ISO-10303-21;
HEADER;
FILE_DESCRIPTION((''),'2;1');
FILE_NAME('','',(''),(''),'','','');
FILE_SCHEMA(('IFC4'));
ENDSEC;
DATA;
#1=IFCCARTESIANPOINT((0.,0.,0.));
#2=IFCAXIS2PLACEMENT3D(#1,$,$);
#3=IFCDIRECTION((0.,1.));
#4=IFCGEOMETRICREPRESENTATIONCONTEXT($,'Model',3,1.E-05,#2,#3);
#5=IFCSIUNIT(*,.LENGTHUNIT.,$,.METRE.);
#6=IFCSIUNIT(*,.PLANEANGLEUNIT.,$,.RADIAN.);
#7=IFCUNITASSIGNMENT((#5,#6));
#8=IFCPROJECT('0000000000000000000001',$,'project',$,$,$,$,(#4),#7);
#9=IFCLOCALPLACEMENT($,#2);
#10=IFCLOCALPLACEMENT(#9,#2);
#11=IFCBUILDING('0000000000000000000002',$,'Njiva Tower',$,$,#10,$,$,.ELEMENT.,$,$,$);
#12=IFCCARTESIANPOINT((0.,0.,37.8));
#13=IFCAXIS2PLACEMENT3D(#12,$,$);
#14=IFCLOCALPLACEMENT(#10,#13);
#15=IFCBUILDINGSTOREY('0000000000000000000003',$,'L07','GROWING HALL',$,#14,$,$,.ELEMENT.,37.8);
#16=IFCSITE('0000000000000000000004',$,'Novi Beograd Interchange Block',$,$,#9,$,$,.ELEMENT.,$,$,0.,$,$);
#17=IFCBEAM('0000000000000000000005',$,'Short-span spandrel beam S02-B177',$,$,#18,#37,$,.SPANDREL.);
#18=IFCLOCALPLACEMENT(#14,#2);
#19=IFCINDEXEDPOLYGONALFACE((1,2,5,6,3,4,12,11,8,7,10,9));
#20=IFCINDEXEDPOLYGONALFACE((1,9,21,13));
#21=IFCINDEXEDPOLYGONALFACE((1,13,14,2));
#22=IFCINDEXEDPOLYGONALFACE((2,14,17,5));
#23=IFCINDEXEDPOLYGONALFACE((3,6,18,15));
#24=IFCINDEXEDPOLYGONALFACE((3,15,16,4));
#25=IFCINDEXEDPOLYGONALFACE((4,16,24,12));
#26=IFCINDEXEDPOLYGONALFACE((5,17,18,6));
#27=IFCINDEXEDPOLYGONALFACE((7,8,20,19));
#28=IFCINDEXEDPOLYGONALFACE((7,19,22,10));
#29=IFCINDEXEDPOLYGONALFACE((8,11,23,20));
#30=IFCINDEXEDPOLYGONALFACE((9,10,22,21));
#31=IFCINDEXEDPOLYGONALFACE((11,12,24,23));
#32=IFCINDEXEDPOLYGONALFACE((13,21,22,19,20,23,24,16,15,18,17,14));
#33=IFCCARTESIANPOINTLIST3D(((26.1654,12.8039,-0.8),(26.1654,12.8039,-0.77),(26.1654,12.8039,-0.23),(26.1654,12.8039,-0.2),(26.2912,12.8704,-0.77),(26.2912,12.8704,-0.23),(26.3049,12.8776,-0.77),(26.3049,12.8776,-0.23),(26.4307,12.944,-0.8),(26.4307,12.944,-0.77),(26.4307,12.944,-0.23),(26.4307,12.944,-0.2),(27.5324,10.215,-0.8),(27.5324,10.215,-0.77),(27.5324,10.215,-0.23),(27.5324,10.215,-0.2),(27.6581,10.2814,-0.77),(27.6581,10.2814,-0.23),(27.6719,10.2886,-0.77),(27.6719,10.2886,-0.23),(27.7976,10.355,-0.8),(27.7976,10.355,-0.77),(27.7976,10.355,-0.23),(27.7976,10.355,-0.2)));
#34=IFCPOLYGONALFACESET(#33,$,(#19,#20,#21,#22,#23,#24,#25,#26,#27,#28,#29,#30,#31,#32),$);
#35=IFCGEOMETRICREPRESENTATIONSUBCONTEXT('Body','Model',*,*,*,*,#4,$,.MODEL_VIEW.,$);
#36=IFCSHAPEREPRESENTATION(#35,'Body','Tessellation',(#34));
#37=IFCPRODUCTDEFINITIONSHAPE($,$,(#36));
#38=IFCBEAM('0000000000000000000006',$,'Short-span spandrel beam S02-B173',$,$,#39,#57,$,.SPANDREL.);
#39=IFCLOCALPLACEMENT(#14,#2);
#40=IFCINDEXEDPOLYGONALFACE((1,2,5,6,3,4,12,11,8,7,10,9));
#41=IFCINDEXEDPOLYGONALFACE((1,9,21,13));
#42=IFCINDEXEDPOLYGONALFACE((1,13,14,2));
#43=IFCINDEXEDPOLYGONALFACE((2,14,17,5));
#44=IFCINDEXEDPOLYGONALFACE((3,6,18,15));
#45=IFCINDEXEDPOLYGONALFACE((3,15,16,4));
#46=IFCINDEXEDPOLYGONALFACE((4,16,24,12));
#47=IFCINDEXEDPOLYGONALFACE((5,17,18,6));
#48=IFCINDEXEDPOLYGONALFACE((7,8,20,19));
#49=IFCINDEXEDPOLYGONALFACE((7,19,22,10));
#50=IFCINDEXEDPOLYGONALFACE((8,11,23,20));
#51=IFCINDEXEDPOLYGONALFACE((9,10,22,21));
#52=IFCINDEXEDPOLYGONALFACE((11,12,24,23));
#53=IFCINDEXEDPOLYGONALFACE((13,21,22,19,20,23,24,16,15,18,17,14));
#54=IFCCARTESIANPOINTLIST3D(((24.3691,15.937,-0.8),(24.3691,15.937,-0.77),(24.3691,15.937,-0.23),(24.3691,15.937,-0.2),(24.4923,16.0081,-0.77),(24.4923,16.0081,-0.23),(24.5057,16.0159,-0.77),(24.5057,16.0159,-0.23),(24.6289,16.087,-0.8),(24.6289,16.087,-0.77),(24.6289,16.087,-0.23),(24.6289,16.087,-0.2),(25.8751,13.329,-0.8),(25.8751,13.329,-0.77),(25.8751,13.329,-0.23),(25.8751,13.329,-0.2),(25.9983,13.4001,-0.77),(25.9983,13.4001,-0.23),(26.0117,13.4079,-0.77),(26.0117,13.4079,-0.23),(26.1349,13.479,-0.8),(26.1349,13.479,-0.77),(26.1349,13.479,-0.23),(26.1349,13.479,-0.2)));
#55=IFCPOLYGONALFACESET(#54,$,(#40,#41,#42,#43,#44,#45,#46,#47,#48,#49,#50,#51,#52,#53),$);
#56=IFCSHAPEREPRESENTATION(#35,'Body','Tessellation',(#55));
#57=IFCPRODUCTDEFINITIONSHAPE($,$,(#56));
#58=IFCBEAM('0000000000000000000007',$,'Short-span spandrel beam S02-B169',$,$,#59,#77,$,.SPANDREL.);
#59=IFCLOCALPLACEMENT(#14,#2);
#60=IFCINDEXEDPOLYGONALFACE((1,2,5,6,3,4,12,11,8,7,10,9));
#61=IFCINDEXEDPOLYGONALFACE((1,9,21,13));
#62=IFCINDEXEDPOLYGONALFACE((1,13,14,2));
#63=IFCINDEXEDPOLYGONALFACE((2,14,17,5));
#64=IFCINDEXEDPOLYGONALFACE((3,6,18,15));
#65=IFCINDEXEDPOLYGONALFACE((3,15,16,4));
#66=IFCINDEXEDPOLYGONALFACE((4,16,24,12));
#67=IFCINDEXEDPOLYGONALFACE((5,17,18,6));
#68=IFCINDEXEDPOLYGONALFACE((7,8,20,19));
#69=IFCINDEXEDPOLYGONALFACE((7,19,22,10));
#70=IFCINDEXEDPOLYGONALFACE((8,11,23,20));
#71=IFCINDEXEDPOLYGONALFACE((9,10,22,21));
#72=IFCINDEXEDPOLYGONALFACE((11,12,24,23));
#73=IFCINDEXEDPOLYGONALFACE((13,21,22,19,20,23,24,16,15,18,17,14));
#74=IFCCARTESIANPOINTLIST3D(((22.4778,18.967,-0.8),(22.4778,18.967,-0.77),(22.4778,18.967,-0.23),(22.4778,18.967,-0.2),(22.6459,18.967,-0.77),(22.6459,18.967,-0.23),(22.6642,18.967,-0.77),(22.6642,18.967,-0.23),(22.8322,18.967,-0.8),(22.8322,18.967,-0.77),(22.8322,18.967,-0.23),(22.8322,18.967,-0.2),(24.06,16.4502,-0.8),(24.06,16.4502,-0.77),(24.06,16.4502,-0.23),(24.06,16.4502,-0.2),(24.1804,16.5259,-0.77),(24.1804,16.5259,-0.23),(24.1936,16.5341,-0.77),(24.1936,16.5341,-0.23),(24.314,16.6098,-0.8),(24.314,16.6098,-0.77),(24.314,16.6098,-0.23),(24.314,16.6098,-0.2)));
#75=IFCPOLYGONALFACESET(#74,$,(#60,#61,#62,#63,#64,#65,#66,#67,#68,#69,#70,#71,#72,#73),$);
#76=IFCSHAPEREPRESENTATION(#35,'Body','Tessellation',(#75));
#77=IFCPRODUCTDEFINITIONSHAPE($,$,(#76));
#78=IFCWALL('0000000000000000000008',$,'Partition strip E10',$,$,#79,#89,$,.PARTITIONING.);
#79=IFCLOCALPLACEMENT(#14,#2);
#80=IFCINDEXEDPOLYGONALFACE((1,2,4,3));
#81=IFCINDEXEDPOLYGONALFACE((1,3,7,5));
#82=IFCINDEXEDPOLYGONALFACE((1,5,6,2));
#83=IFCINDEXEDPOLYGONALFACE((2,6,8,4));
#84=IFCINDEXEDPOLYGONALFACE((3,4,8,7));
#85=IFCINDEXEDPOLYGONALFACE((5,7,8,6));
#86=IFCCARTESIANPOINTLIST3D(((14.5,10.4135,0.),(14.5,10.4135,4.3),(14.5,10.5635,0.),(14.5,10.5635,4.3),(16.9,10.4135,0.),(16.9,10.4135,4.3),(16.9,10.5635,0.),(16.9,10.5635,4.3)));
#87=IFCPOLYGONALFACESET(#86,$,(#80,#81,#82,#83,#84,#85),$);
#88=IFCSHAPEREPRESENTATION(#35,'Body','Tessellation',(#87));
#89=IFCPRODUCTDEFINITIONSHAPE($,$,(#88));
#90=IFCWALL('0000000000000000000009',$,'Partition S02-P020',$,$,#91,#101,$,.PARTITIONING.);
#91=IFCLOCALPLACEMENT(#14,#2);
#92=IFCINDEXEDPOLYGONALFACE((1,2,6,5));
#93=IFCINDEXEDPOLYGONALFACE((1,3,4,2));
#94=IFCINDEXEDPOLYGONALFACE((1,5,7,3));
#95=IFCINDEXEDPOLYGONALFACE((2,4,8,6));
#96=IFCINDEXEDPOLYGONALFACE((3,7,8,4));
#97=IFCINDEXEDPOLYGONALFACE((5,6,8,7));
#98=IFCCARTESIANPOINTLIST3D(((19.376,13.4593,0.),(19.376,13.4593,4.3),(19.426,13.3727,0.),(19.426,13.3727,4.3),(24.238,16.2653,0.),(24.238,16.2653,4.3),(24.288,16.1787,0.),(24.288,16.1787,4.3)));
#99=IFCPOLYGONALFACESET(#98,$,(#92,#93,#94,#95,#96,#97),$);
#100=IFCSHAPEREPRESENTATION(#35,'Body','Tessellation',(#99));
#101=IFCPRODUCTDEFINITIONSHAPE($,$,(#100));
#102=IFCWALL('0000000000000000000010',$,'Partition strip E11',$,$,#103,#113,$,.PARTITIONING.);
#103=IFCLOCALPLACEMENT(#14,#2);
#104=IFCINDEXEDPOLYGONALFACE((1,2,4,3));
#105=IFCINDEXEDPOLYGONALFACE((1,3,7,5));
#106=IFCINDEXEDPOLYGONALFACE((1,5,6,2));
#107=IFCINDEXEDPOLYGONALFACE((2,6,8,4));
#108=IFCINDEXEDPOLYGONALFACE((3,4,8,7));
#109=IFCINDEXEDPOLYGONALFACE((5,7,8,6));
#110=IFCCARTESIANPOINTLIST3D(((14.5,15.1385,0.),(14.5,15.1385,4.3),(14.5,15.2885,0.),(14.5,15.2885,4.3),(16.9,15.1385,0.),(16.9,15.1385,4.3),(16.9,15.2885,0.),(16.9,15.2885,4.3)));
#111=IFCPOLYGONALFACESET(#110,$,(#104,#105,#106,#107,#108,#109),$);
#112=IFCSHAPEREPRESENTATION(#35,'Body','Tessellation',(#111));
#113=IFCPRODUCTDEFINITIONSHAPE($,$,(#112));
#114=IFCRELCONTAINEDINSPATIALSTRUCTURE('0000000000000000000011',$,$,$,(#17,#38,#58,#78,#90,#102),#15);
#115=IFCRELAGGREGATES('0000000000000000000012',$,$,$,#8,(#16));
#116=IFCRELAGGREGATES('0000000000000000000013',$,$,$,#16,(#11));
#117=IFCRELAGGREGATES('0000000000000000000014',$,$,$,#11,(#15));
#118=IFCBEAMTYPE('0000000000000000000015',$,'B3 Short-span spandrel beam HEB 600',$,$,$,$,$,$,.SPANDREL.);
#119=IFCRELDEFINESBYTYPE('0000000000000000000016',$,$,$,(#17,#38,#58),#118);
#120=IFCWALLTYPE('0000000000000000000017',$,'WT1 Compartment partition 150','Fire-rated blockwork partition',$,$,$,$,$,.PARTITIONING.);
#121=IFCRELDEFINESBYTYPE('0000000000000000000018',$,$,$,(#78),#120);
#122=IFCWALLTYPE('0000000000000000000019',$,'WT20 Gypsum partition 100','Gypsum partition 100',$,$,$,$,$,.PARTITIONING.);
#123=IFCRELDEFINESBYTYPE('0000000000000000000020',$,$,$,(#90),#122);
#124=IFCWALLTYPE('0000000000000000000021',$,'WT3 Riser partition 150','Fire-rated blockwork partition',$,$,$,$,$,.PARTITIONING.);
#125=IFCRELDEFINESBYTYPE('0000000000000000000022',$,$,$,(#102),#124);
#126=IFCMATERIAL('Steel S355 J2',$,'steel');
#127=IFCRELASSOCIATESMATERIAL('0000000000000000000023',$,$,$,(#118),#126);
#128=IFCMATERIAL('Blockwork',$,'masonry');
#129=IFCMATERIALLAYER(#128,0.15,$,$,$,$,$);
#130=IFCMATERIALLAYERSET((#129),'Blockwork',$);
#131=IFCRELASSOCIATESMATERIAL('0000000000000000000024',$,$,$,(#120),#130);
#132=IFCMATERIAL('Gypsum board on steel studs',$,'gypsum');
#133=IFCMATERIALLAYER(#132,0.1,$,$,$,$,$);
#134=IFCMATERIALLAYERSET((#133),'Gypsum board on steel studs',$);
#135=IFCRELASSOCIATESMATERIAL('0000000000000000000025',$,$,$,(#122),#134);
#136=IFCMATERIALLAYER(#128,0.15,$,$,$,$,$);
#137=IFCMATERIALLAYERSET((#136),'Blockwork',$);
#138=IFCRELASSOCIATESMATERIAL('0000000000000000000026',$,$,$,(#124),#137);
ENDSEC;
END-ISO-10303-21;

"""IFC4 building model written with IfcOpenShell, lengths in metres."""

from ifc_helpers import new_model, si_unit, direction, frame, frame_2d, origin, origin_2d, place, context, subcontext, project, spatial, rectangle, i_section, extrude, clip, halfspace, material, layer, layer_set, material_profile, profile_set, type_object, element, save


model = new_model("IFC4")

# Units and contexts
model_context = context("Model", 3, precision=1e-05, world=origin(), true_north=direction((0.0, 1.0)))
body_context = subcontext(model_context, "Body", "Model", "MODEL_VIEW")
ifc_project = project(units=[si_unit("LENGTHUNIT", "METRE"), si_unit("PLANEANGLEUNIT", "RADIAN")], contexts=[model_context])

# Site, building, storey
site_placement = place(None, origin())
site = spatial("IfcSite", under=ifc_project, at=site_placement, Name="Novi Beograd Interchange Block", CompositionType="ELEMENT", RefElevation=0.0)
building_placement = place(site_placement, origin())
building = spatial("IfcBuilding", under=site, at=building_placement, Name="Njiva Tower", CompositionType="ELEMENT")
storey_placement = place(building_placement, frame((0.0, 0.0, 37.8)))
storey = spatial("IfcBuildingStorey", under=building, at=storey_placement, Name="L07", Description="GROWING HALL", CompositionType="ELEMENT", Elevation=37.8)

# Shared definitions
ifc_material_1 = material(Name="Steel S355 J2", Category="steel")

# Beams
ifc_material_profile_1 = material_profile(ifc_material_1, i_section(OverallWidth=0.3, OverallDepth=0.6, WebThickness=0.0155, FlangeThickness=0.03, at=origin_2d()), Name="HEB 600")
ifc_profile_set_1 = profile_set([ifc_material_profile_1], Name="Steel S355 J2")
beam_type_1 = type_object("IfcBeamType", Name="B3 Short-span spandrel beam HEB 600", PredefinedType="SPANDREL", material=ifc_profile_set_1)
beam_1_placement = place(storey_placement, frame((27.665, 10.285, -0.5), z_axis=(-0.466914, 0.884302, 0.0), x_axis=(-0.884302, -0.466914, 0.0)))
element("IfcBeam", 1, at=beam_1_placement, inside=storey, type_object=beam_type_1, Name="Short-span spandrel beam S02-B177", PredefinedType="SPANDREL", context=body_context, shape_type="SweptSolid", body=[
    extrude(i_section(OverallWidth=0.3, OverallDepth=0.6, WebThickness=0.0155, FlangeThickness=0.03, at=origin_2d()), origin(), (0.0, 0.0, 1.0), 2.9277),
])
beam_2_placement = place(storey_placement, frame((26.005, 13.404, -0.5), z_axis=(-0.500067, 0.865987, 0.0), x_axis=(-0.865987, -0.500067, 0.0)))
element("IfcBeam", 2, at=beam_2_placement, inside=storey, type_object=beam_type_1, Name="Short-span spandrel beam S02-B173", PredefinedType="SPANDREL", context=body_context, shape_type="SweptSolid", body=[
    extrude(i_section(OverallWidth=0.3, OverallDepth=0.6, WebThickness=0.0155, FlangeThickness=0.03, at=origin_2d()), origin(), (0.0, 0.0, 1.0), 3.0116),
])
beam_3_placement = place(storey_placement, frame((24.187, 16.53, -0.5), z_axis=(-0.532214, 0.84661, 0.0), x_axis=(-0.84661, -0.532214, 0.0)))
element("IfcBeam", 3, at=beam_3_placement, inside=storey, type_object=beam_type_1, Name="Short-span spandrel beam S02-B169", PredefinedType="SPANDREL", context=body_context, shape_type="Clipping", body=[
    clip(extrude(i_section(OverallWidth=0.3, OverallDepth=0.6, WebThickness=0.0155, FlangeThickness=0.03, at=origin_2d()), origin(), (0.0, 0.0, 1.0), 2.9925), halfspace(frame((-0.0264, 0.0, 2.8619), z_axis=(-0.532214, 0.0, 0.84661), x_axis=(0.0, 1.0, 0.0)), False)),
])

# Walls
ifc_material_2 = material(Name="Blockwork", Category="masonry")
ifc_layer_1 = layer(ifc_material_2, 0.15)
ifc_layer_set_1 = layer_set([ifc_layer_1], Name="Blockwork")
wall_type_1 = type_object("IfcWallType", Name="WT1 Compartment partition 150", Description="Fire-rated blockwork partition", PredefinedType="PARTITIONING", material=ifc_layer_set_1)
wall_1_placement = place(storey_placement, frame((14.5, 10.4885, 0.0), z_axis=(0.0, 0.0, 1.0), x_axis=(1.0, 0.0, 0.0)))
element("IfcWall", 4, at=wall_1_placement, inside=storey, type_object=wall_type_1, Name="Partition strip E10", PredefinedType="PARTITIONING", context=body_context, shape_type="SweptSolid", body=[
    extrude(rectangle(XDim=2.4, YDim=0.15, at=frame_2d((1.2, 0.0))), origin(), (0.0, 0.0, 1.0), 4.3),
])
ifc_material_3 = material(Name="Gypsum board on steel studs", Category="gypsum")
ifc_layer_2 = layer(ifc_material_3, 0.1)
ifc_layer_set_2 = layer_set([ifc_layer_2], Name="Gypsum board on steel studs")
wall_type_2 = type_object("IfcWallType", Name="WT20 Gypsum partition 100", Description="Gypsum partition 100", PredefinedType="PARTITIONING", material=ifc_layer_set_2)
wall_2_placement = place(storey_placement, frame((19.401, 13.416, 0.0), z_axis=(0.0, 0.0, 1.0), x_axis=(0.866108, 0.499856, 0.0)))
element("IfcWall", 5, at=wall_2_placement, inside=storey, type_object=wall_type_2, Name="Partition S02-P020", PredefinedType="PARTITIONING", context=body_context, shape_type="SweptSolid", body=[
    extrude(rectangle(XDim=5.6136, YDim=0.1, at=frame_2d((2.8068, 0.0))), origin(), (0.0, 0.0, 1.0), 4.3),
])
ifc_layer_3 = layer(ifc_material_2, 0.15)
ifc_layer_set_3 = layer_set([ifc_layer_3], Name="Blockwork")
wall_type_3 = type_object("IfcWallType", Name="WT3 Riser partition 150", Description="Fire-rated blockwork partition", PredefinedType="PARTITIONING", material=ifc_layer_set_3)
wall_3_placement = place(storey_placement, frame((14.5, 15.2135, 0.0), z_axis=(0.0, 0.0, 1.0), x_axis=(1.0, 0.0, 0.0)))
element("IfcWall", 6, at=wall_3_placement, inside=storey, type_object=wall_type_3, Name="Partition strip E11", PredefinedType="PARTITIONING", context=body_context, shape_type="SweptSolid", body=[
    extrude(rectangle(XDim=2.4, YDim=0.15, at=frame_2d((1.2, 0.0))), origin(), (0.0, 0.0, 1.0), 4.3),
])

save(model, "model.ifc")
